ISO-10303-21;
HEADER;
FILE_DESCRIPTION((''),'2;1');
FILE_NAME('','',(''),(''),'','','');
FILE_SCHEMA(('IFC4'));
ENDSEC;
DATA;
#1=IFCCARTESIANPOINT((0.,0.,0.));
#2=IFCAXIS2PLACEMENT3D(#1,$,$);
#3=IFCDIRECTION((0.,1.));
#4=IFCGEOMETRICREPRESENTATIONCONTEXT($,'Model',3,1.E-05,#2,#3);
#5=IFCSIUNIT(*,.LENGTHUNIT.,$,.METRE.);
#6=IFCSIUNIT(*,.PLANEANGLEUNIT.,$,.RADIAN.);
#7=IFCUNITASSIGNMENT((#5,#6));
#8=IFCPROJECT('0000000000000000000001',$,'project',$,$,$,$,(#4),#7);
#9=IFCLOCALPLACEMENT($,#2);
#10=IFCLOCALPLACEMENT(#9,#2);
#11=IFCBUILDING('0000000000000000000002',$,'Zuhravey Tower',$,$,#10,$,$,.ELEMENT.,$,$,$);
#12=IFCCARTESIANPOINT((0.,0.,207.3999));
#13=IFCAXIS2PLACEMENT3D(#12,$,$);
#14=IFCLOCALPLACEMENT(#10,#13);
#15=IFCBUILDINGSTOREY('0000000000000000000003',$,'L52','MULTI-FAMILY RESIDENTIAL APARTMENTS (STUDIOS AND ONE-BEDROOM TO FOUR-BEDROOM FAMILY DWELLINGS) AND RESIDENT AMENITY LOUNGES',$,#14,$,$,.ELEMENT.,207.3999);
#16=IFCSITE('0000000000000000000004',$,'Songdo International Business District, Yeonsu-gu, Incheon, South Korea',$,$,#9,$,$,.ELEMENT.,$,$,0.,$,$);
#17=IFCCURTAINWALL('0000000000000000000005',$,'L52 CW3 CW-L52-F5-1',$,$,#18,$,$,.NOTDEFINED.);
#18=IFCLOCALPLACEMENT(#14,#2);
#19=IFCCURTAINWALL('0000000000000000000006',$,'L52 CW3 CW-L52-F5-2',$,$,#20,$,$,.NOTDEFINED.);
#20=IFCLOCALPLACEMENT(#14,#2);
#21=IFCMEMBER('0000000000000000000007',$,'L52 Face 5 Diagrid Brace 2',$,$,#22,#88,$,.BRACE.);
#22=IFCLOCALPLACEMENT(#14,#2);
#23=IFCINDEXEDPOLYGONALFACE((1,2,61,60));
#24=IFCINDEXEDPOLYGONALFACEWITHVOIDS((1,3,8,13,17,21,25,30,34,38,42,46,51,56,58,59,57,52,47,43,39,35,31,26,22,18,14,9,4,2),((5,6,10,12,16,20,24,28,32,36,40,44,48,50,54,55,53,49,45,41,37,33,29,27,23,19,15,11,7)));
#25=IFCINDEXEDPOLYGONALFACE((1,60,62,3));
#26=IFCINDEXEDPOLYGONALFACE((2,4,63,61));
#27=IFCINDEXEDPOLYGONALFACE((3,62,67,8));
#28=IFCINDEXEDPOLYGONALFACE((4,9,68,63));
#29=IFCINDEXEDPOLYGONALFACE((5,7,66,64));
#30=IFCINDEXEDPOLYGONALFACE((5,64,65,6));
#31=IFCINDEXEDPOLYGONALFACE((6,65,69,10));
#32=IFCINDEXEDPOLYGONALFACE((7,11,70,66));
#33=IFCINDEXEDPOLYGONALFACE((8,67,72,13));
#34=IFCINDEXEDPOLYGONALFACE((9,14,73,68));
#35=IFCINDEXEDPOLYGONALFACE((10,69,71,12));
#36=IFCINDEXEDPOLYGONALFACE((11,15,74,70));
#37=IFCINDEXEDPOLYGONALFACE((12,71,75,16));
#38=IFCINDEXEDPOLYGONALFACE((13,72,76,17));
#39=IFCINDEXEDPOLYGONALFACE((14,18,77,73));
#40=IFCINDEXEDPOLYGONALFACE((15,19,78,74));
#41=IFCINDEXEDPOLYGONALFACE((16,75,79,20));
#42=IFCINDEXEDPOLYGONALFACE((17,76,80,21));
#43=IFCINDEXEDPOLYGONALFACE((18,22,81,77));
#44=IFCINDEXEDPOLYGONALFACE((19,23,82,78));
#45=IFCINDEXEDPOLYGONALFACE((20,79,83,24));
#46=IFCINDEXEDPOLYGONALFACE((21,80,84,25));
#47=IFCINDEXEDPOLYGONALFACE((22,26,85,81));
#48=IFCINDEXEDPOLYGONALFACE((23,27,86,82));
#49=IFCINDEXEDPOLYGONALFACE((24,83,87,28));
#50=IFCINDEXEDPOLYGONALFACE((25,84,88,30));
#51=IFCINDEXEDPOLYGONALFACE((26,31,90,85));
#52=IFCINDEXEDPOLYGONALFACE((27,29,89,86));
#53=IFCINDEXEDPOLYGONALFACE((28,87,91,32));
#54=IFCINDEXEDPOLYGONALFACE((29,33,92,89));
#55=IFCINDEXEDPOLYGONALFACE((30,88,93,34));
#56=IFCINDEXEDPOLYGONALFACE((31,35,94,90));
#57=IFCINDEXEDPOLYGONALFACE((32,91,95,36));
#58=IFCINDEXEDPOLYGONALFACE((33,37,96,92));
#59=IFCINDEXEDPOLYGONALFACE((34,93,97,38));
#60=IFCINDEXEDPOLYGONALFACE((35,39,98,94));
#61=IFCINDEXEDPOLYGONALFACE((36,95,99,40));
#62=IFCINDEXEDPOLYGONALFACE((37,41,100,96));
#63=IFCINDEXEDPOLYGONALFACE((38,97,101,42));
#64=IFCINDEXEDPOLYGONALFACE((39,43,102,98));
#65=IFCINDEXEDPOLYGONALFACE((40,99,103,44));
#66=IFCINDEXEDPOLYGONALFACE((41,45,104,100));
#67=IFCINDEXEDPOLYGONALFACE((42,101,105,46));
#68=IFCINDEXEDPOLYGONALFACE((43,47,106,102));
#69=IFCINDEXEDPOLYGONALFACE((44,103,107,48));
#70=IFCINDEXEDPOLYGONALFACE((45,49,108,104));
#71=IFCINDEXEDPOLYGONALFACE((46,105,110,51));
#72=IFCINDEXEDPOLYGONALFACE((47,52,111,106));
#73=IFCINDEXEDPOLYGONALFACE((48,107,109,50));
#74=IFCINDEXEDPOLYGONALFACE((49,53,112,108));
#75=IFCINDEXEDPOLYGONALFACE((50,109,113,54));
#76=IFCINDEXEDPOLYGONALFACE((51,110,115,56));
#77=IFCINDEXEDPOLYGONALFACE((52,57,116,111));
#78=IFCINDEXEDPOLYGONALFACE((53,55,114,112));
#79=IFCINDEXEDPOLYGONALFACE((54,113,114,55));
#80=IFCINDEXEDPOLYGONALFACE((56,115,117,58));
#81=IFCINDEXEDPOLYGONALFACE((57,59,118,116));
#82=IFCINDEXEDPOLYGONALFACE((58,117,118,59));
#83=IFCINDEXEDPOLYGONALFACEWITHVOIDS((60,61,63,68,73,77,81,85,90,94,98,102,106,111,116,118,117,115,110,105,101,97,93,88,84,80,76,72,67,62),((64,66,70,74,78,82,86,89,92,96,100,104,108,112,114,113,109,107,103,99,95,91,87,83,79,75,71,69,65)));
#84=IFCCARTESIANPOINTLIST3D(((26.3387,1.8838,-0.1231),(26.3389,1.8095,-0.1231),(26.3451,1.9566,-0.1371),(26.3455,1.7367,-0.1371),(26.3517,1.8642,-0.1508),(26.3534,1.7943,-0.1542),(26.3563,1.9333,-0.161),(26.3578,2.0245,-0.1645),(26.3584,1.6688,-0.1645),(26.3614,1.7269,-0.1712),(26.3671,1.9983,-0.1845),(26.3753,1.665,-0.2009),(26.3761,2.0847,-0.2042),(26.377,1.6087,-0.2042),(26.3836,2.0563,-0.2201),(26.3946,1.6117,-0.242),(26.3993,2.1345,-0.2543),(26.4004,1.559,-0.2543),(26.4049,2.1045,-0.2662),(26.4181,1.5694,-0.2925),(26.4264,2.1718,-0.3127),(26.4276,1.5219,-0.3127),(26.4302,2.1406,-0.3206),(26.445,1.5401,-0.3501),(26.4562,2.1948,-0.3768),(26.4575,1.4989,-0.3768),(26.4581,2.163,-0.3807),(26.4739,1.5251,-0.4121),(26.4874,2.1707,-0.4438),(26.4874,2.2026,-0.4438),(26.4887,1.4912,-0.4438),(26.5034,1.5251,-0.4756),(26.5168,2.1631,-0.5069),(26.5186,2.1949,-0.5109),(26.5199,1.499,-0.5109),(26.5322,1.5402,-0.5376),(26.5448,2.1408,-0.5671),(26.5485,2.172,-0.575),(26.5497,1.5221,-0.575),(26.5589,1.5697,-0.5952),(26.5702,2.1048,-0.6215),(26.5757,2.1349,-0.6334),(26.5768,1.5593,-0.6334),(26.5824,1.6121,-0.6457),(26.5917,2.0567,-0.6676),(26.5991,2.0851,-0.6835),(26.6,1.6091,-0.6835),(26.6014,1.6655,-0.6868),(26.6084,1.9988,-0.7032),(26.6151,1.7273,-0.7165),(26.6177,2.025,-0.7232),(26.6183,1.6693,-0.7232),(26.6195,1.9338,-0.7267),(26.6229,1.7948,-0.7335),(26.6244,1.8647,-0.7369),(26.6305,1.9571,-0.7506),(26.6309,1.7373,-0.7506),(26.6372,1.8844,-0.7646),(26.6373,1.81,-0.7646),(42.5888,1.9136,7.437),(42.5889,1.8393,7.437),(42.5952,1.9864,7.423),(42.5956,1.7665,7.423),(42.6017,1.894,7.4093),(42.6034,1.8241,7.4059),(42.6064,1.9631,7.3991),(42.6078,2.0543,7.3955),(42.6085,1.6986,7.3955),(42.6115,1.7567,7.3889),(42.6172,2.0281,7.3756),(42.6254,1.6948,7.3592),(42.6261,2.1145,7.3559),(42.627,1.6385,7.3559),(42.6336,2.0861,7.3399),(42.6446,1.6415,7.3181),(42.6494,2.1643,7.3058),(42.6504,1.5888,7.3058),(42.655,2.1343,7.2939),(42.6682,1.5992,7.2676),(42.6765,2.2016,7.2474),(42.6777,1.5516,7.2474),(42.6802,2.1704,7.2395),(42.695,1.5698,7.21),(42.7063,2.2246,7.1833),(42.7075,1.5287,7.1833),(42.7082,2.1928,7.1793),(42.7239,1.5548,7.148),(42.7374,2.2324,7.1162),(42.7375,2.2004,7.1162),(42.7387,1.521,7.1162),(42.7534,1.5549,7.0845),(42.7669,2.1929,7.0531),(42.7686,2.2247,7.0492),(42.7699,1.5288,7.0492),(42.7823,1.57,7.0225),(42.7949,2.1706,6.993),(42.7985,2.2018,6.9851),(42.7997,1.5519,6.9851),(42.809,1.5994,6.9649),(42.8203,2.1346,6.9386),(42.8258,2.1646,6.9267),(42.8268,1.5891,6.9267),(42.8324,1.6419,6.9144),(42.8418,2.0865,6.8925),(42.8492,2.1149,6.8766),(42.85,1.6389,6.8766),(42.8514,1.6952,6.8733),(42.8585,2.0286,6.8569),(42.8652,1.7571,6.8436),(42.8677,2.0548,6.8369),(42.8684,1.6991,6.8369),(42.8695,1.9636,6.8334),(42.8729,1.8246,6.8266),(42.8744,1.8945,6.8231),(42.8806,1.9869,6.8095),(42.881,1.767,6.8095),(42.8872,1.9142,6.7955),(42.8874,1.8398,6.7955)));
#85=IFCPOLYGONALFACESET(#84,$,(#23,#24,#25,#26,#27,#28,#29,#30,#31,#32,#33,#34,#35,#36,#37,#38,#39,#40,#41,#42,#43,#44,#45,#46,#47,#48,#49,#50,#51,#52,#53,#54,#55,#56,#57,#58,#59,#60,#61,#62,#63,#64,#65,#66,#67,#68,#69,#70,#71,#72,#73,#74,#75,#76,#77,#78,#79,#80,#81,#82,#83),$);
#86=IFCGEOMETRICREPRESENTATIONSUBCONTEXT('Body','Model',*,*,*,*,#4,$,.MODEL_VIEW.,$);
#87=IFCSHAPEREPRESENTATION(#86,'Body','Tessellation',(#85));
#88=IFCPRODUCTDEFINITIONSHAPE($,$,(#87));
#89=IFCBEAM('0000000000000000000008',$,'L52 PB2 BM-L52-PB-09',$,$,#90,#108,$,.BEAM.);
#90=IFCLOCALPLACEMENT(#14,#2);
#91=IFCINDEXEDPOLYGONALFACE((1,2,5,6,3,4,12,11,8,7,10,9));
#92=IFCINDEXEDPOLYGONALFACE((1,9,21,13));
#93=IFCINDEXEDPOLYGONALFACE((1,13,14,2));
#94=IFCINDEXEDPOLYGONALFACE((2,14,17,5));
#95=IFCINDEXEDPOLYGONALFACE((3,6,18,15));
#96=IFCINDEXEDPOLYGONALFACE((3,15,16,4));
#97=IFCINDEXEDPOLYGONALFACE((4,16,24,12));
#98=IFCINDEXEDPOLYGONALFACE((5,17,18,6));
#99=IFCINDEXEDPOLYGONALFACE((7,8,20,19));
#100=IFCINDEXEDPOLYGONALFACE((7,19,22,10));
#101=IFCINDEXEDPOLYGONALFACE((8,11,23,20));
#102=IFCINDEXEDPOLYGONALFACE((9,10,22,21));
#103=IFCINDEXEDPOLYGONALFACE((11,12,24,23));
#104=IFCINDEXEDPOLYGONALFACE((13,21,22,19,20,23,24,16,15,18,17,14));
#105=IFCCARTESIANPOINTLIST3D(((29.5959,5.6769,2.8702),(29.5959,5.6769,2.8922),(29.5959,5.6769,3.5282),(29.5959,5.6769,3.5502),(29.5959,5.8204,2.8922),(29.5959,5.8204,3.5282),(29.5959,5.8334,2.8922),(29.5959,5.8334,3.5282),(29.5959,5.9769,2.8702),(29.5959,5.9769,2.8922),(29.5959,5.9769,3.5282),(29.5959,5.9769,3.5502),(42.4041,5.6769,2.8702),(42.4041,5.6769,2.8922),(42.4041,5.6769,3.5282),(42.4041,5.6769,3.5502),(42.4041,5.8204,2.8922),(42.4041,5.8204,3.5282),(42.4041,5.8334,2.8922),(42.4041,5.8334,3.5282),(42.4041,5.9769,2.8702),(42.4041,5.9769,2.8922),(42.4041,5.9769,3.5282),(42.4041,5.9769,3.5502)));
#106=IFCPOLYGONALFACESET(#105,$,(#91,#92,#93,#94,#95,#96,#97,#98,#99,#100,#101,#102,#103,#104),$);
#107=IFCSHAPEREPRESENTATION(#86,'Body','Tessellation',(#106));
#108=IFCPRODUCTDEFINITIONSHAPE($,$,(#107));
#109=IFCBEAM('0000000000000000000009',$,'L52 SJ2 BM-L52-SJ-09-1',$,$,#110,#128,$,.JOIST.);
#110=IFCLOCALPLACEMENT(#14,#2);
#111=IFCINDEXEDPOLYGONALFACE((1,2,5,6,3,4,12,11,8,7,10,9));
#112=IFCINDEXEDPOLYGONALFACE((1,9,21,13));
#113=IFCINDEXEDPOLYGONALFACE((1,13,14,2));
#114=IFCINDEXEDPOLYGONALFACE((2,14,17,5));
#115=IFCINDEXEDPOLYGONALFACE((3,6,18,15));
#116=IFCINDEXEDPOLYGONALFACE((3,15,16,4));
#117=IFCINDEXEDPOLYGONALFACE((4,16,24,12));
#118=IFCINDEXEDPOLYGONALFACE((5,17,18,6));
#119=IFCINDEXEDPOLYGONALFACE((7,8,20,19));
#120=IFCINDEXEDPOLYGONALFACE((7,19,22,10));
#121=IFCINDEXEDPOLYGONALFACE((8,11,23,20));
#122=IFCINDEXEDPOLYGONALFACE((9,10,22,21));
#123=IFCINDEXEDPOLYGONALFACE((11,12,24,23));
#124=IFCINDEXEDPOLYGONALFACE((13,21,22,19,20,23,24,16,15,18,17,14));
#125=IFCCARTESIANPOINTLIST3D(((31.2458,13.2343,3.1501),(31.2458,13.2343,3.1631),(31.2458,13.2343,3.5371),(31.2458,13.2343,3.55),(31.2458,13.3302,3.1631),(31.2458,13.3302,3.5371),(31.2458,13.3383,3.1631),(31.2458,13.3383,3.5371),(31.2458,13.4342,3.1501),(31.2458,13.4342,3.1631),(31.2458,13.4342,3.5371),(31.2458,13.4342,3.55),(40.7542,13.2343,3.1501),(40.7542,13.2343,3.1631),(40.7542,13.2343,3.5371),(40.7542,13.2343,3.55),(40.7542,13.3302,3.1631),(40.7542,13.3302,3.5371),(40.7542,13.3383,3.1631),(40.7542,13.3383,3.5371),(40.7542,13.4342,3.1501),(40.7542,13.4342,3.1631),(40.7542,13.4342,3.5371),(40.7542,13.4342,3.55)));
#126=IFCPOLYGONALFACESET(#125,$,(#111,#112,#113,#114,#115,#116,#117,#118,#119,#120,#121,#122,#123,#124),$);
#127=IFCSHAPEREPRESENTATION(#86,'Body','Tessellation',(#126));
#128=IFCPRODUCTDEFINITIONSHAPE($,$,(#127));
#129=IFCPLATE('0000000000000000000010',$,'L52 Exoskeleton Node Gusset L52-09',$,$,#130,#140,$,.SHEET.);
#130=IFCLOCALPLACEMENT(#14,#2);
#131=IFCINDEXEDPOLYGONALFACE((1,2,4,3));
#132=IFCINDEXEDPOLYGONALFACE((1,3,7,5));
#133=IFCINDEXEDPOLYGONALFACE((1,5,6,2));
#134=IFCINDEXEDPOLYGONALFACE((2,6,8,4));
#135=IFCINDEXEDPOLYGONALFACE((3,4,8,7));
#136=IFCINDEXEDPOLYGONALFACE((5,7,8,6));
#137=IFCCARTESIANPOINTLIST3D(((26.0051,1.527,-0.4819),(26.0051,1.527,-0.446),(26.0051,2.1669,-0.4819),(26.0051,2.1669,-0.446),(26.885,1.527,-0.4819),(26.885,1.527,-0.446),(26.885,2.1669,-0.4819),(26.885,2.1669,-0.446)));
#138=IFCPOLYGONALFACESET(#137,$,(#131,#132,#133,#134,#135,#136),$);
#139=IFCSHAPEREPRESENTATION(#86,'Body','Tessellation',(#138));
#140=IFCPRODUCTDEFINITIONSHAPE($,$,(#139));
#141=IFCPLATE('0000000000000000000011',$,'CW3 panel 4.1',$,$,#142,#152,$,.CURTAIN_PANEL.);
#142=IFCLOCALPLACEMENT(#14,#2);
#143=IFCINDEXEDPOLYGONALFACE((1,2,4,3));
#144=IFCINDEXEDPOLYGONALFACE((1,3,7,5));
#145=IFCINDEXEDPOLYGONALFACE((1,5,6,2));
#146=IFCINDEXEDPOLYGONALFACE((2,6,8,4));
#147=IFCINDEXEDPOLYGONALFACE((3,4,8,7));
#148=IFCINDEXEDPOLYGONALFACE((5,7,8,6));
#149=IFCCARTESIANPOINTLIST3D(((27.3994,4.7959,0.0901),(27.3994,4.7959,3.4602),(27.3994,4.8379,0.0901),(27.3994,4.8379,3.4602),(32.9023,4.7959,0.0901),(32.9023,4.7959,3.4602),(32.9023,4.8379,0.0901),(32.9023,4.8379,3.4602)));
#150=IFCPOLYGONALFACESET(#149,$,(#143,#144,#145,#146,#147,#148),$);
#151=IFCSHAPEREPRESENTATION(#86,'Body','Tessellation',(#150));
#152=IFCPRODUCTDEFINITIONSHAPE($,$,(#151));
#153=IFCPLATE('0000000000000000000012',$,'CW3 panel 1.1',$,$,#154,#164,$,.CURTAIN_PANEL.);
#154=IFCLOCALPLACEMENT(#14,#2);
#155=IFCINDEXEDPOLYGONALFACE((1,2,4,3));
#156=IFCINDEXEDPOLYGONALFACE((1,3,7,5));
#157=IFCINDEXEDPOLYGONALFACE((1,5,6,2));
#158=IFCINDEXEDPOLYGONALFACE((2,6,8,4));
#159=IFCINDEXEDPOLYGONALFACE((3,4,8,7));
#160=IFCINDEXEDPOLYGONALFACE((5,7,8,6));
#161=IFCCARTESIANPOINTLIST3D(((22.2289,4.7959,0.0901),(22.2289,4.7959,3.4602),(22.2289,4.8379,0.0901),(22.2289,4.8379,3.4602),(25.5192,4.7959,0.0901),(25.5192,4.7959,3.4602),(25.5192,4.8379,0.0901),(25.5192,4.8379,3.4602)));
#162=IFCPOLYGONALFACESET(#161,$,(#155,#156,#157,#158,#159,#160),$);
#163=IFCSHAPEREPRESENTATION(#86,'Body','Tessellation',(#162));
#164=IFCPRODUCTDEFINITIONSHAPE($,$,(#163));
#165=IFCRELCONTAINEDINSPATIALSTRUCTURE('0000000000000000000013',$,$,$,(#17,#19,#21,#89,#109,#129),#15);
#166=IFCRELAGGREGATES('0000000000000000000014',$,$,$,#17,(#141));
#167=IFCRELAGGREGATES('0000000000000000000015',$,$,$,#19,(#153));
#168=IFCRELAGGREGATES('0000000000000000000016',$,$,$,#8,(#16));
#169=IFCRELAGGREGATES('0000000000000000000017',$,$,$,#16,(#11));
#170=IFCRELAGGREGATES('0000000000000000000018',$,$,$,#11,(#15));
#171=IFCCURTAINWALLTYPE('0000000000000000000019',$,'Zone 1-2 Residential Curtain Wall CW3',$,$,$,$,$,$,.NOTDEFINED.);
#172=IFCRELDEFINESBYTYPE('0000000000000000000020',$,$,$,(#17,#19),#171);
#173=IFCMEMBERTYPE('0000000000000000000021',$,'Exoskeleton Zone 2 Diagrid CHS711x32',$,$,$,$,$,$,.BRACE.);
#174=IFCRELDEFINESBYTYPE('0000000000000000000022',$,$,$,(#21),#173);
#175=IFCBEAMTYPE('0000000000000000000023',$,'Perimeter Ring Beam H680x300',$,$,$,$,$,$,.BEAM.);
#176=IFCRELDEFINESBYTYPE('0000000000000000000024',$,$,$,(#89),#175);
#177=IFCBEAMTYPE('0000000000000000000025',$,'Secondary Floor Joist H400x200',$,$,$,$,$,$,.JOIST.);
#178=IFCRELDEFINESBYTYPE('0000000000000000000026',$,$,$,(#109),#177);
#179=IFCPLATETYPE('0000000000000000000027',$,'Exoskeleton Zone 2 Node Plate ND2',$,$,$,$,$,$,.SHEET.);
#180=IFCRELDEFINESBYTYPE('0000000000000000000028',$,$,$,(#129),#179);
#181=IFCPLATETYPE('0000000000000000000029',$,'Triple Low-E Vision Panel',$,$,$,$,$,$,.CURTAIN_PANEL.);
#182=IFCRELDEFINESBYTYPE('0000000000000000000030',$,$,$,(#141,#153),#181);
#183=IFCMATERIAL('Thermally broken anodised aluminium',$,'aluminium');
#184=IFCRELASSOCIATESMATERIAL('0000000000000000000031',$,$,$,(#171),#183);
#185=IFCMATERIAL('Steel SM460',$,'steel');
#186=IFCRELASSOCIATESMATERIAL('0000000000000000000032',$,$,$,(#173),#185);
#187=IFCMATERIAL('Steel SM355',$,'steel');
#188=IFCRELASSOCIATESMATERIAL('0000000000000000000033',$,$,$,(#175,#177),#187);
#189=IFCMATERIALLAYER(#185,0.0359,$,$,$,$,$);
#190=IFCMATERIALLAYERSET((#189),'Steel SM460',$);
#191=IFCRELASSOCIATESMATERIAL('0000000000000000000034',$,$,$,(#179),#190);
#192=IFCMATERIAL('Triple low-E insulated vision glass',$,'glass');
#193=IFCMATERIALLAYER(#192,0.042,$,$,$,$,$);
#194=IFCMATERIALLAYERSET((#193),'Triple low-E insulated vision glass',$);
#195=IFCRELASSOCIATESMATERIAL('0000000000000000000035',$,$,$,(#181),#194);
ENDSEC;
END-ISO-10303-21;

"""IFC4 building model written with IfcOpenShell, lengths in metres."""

from ifc_helpers import new_model, si_unit, direction, frame, origin, origin_2d, place, context, subcontext, project, spatial, rectangle, hollow_circle, i_section, extrude, material, layer, layer_set, material_profile, profile_set, type_object, element, aggregate, save


model = new_model("IFC4")

# Units and contexts
model_context = context("Model", 3, precision=1e-05, world=origin(), true_north=direction((0.0, 1.0)))
body_context = subcontext(model_context, "Body", "Model", "MODEL_VIEW")
ifc_project = project(units=[si_unit("LENGTHUNIT", "METRE"), si_unit("PLANEANGLEUNIT", "RADIAN")], contexts=[model_context])

# Site, building, storey
site_placement = place(None, origin())
site = spatial("IfcSite", under=ifc_project, at=site_placement, Name="Songdo International Business District, Yeonsu-gu, Incheon, South Korea", CompositionType="ELEMENT", RefElevation=0.0)
building_placement = place(site_placement, origin())
building = spatial("IfcBuilding", under=site, at=building_placement, Name="Zuhravey Tower", CompositionType="ELEMENT")
storey_placement = place(building_placement, frame((0.0, 0.0, 207.3999)))
storey = spatial("IfcBuildingStorey", under=building, at=storey_placement, Name="L52", Description="MULTI-FAMILY RESIDENTIAL APARTMENTS (STUDIOS AND ONE-BEDROOM TO FOUR-BEDROOM FAMILY DWELLINGS) AND RESIDENT AMENITY LOUNGES", CompositionType="ELEMENT", Elevation=207.3999)

# Curtain walls
ifc_material_1 = material(Name="Thermally broken anodised aluminium", Category="aluminium")
curtain_wall_type = type_object("IfcCurtainWallType", Name="Zone 1-2 Residential Curtain Wall CW3", PredefinedType="NOTDEFINED", material=ifc_material_1)
curtain_wall_1_placement = place(storey_placement, origin())
curtain_wall_1 = element("IfcCurtainWall", 1, at=curtain_wall_1_placement, inside=storey, type_object=curtain_wall_type, Name="L52 CW3 CW-L52-F5-1", PredefinedType="NOTDEFINED")
curtain_wall_2_placement = place(storey_placement, origin())
curtain_wall_2 = element("IfcCurtainWall", 2, at=curtain_wall_2_placement, inside=storey, type_object=curtain_wall_type, Name="L52 CW3 CW-L52-F5-2", PredefinedType="NOTDEFINED")

# Member
ifc_material_2 = material(Name="Steel SM355", Category="steel")
ifc_material_3 = material(Name="Steel SM460", Category="steel")
ifc_material_profile_1 = material_profile(ifc_material_3, hollow_circle(Radius=0.3557, WallThickness=0.032, at=origin_2d()), Name="CHS-711.2x32")
ifc_profile_set_1 = profile_set([ifc_material_profile_1], Name="Steel SM460")
member_type_1 = type_object("IfcMemberType", Name="Exoskeleton Zone 2 Diagrid CHS711x32", PredefinedType="BRACE", material=ifc_profile_set_1)
member_1_placement = place(storey_placement, frame((26.488, 1.8469, -0.4438), z_axis=(0.906679, 0.001662, 0.421818), x_axis=(-0.001833, 0.999998, 0.0)))
element("IfcMember", 3, at=member_1_placement, inside=storey, type_object=member_type_1, Name="L52 Face 5 Diagrid Brace 2", PredefinedType="BRACE", context=body_context, shape_type="SweptSolid", body=[
    extrude(hollow_circle(Radius=0.3557, WallThickness=0.032, at=origin_2d()), origin(), (0.0, 0.0, 1.0), 17.9226),
])

# Beams
ifc_material_profile_2 = material_profile(ifc_material_2, i_section(OverallWidth=0.3, OverallDepth=0.6799, WebThickness=0.0129, FlangeThickness=0.022, at=origin_2d()), Name="H-680x300x13x22")
ifc_profile_set_2 = profile_set([ifc_material_profile_2], Name="Steel SM355")
beam_type_1 = type_object("IfcBeamType", Name="Perimeter Ring Beam H680x300", PredefinedType="BEAM", material=ifc_profile_set_2)
beam_1_placement = place(storey_placement, frame((29.5959, 5.8269, 3.2102), z_axis=(1.0, 0.0, 0.0), x_axis=(0.0, 1.0, 0.0)))
element("IfcBeam", 4, at=beam_1_placement, inside=storey, type_object=beam_type_1, Name="L52 PB2 BM-L52-PB-09", PredefinedType="BEAM", context=body_context, shape_type="SweptSolid", body=[
    extrude(i_section(OverallWidth=0.3, OverallDepth=0.6799, WebThickness=0.0129, FlangeThickness=0.022, at=origin_2d()), origin(), (0.0, 0.0, 1.0), 12.8081),
])
ifc_material_profile_3 = material_profile(ifc_material_2, i_section(OverallWidth=0.2, OverallDepth=0.3999, WebThickness=0.0081, FlangeThickness=0.0129, at=origin_2d()), Name="H-400x200x8x13")
ifc_profile_set_3 = profile_set([ifc_material_profile_3], Name="Steel SM355")
beam_type_2 = type_object("IfcBeamType", Name="Secondary Floor Joist H400x200", PredefinedType="JOIST", material=ifc_profile_set_3)
beam_2_placement = place(storey_placement, frame((31.2458, 13.3342, 3.3501), z_axis=(1.0, 0.0, 0.0), x_axis=(0.0, 1.0, 0.0)))
element("IfcBeam", 5, at=beam_2_placement, inside=storey, type_object=beam_type_2, Name="L52 SJ2 BM-L52-SJ-09-1", PredefinedType="JOIST", context=body_context, shape_type="SweptSolid", body=[
    extrude(i_section(OverallWidth=0.2, OverallDepth=0.3999, WebThickness=0.0081, FlangeThickness=0.0129, at=origin_2d()), origin(), (0.0, 0.0, 1.0), 9.5083),
])

# Plates
ifc_layer_1 = layer(ifc_material_3, 0.0359)
ifc_layer_set_1 = layer_set([ifc_layer_1], Name="Steel SM460")
plate_type_1 = type_object("IfcPlateType", Name="Exoskeleton Zone 2 Node Plate ND2", PredefinedType="SHEET", material=ifc_layer_set_1)
plate_1_placement = place(storey_placement, frame((26.4451, 1.8469, -0.4819), z_axis=(0.0, 0.0, 1.0), x_axis=(1.0, 0.0, 0.0)))
element("IfcPlate", 6, at=plate_1_placement, inside=storey, type_object=plate_type_1, Name="L52 Exoskeleton Node Gusset L52-09", PredefinedType="SHEET", context=body_context, shape_type="SweptSolid", body=[
    extrude(rectangle(XDim=0.8799, YDim=0.6399, at=origin_2d()), origin(), (0.0, 0.0, 1.0), 0.0359),
])
ifc_material_4 = material(Name="Triple low-E insulated vision glass", Category="glass")
ifc_layer_2 = layer(ifc_material_4, 0.042)
ifc_layer_set_2 = layer_set([ifc_layer_2], Name="Triple low-E insulated vision glass")
plate_type_2 = type_object("IfcPlateType", Name="Triple Low-E Vision Panel", PredefinedType="CURTAIN_PANEL", material=ifc_layer_set_2)
plate_2_placement = place(storey_placement, frame((30.1509, 4.8169, 0.0901), z_axis=(0.0, 0.0, 1.0), x_axis=(-1.0, 0.0, 0.0)))
plate_2 = element("IfcPlate", 7, at=plate_2_placement, type_object=plate_type_2, Name="CW3 panel 4.1", PredefinedType="CURTAIN_PANEL", context=body_context, shape_type="SweptSolid", body=[
    extrude(rectangle(XDim=5.5029, YDim=0.042, at=origin_2d()), origin(), (0.0, 0.0, 1.0), 3.3701),
])
aggregate(curtain_wall_1, [plate_2])
plate_3_placement = place(storey_placement, frame((23.874, 4.8169, 0.0901), z_axis=(0.0, 0.0, 1.0), x_axis=(-1.0, 0.0, 0.0)))
plate_3 = element("IfcPlate", 8, at=plate_3_placement, type_object=plate_type_2, Name="CW3 panel 1.1", PredefinedType="CURTAIN_PANEL", context=body_context, shape_type="SweptSolid", body=[
    extrude(rectangle(XDim=3.2903, YDim=0.042, at=origin_2d()), origin(), (0.0, 0.0, 1.0), 3.3701),
])
aggregate(curtain_wall_2, [plate_3])

save(model, "model.ifc")
